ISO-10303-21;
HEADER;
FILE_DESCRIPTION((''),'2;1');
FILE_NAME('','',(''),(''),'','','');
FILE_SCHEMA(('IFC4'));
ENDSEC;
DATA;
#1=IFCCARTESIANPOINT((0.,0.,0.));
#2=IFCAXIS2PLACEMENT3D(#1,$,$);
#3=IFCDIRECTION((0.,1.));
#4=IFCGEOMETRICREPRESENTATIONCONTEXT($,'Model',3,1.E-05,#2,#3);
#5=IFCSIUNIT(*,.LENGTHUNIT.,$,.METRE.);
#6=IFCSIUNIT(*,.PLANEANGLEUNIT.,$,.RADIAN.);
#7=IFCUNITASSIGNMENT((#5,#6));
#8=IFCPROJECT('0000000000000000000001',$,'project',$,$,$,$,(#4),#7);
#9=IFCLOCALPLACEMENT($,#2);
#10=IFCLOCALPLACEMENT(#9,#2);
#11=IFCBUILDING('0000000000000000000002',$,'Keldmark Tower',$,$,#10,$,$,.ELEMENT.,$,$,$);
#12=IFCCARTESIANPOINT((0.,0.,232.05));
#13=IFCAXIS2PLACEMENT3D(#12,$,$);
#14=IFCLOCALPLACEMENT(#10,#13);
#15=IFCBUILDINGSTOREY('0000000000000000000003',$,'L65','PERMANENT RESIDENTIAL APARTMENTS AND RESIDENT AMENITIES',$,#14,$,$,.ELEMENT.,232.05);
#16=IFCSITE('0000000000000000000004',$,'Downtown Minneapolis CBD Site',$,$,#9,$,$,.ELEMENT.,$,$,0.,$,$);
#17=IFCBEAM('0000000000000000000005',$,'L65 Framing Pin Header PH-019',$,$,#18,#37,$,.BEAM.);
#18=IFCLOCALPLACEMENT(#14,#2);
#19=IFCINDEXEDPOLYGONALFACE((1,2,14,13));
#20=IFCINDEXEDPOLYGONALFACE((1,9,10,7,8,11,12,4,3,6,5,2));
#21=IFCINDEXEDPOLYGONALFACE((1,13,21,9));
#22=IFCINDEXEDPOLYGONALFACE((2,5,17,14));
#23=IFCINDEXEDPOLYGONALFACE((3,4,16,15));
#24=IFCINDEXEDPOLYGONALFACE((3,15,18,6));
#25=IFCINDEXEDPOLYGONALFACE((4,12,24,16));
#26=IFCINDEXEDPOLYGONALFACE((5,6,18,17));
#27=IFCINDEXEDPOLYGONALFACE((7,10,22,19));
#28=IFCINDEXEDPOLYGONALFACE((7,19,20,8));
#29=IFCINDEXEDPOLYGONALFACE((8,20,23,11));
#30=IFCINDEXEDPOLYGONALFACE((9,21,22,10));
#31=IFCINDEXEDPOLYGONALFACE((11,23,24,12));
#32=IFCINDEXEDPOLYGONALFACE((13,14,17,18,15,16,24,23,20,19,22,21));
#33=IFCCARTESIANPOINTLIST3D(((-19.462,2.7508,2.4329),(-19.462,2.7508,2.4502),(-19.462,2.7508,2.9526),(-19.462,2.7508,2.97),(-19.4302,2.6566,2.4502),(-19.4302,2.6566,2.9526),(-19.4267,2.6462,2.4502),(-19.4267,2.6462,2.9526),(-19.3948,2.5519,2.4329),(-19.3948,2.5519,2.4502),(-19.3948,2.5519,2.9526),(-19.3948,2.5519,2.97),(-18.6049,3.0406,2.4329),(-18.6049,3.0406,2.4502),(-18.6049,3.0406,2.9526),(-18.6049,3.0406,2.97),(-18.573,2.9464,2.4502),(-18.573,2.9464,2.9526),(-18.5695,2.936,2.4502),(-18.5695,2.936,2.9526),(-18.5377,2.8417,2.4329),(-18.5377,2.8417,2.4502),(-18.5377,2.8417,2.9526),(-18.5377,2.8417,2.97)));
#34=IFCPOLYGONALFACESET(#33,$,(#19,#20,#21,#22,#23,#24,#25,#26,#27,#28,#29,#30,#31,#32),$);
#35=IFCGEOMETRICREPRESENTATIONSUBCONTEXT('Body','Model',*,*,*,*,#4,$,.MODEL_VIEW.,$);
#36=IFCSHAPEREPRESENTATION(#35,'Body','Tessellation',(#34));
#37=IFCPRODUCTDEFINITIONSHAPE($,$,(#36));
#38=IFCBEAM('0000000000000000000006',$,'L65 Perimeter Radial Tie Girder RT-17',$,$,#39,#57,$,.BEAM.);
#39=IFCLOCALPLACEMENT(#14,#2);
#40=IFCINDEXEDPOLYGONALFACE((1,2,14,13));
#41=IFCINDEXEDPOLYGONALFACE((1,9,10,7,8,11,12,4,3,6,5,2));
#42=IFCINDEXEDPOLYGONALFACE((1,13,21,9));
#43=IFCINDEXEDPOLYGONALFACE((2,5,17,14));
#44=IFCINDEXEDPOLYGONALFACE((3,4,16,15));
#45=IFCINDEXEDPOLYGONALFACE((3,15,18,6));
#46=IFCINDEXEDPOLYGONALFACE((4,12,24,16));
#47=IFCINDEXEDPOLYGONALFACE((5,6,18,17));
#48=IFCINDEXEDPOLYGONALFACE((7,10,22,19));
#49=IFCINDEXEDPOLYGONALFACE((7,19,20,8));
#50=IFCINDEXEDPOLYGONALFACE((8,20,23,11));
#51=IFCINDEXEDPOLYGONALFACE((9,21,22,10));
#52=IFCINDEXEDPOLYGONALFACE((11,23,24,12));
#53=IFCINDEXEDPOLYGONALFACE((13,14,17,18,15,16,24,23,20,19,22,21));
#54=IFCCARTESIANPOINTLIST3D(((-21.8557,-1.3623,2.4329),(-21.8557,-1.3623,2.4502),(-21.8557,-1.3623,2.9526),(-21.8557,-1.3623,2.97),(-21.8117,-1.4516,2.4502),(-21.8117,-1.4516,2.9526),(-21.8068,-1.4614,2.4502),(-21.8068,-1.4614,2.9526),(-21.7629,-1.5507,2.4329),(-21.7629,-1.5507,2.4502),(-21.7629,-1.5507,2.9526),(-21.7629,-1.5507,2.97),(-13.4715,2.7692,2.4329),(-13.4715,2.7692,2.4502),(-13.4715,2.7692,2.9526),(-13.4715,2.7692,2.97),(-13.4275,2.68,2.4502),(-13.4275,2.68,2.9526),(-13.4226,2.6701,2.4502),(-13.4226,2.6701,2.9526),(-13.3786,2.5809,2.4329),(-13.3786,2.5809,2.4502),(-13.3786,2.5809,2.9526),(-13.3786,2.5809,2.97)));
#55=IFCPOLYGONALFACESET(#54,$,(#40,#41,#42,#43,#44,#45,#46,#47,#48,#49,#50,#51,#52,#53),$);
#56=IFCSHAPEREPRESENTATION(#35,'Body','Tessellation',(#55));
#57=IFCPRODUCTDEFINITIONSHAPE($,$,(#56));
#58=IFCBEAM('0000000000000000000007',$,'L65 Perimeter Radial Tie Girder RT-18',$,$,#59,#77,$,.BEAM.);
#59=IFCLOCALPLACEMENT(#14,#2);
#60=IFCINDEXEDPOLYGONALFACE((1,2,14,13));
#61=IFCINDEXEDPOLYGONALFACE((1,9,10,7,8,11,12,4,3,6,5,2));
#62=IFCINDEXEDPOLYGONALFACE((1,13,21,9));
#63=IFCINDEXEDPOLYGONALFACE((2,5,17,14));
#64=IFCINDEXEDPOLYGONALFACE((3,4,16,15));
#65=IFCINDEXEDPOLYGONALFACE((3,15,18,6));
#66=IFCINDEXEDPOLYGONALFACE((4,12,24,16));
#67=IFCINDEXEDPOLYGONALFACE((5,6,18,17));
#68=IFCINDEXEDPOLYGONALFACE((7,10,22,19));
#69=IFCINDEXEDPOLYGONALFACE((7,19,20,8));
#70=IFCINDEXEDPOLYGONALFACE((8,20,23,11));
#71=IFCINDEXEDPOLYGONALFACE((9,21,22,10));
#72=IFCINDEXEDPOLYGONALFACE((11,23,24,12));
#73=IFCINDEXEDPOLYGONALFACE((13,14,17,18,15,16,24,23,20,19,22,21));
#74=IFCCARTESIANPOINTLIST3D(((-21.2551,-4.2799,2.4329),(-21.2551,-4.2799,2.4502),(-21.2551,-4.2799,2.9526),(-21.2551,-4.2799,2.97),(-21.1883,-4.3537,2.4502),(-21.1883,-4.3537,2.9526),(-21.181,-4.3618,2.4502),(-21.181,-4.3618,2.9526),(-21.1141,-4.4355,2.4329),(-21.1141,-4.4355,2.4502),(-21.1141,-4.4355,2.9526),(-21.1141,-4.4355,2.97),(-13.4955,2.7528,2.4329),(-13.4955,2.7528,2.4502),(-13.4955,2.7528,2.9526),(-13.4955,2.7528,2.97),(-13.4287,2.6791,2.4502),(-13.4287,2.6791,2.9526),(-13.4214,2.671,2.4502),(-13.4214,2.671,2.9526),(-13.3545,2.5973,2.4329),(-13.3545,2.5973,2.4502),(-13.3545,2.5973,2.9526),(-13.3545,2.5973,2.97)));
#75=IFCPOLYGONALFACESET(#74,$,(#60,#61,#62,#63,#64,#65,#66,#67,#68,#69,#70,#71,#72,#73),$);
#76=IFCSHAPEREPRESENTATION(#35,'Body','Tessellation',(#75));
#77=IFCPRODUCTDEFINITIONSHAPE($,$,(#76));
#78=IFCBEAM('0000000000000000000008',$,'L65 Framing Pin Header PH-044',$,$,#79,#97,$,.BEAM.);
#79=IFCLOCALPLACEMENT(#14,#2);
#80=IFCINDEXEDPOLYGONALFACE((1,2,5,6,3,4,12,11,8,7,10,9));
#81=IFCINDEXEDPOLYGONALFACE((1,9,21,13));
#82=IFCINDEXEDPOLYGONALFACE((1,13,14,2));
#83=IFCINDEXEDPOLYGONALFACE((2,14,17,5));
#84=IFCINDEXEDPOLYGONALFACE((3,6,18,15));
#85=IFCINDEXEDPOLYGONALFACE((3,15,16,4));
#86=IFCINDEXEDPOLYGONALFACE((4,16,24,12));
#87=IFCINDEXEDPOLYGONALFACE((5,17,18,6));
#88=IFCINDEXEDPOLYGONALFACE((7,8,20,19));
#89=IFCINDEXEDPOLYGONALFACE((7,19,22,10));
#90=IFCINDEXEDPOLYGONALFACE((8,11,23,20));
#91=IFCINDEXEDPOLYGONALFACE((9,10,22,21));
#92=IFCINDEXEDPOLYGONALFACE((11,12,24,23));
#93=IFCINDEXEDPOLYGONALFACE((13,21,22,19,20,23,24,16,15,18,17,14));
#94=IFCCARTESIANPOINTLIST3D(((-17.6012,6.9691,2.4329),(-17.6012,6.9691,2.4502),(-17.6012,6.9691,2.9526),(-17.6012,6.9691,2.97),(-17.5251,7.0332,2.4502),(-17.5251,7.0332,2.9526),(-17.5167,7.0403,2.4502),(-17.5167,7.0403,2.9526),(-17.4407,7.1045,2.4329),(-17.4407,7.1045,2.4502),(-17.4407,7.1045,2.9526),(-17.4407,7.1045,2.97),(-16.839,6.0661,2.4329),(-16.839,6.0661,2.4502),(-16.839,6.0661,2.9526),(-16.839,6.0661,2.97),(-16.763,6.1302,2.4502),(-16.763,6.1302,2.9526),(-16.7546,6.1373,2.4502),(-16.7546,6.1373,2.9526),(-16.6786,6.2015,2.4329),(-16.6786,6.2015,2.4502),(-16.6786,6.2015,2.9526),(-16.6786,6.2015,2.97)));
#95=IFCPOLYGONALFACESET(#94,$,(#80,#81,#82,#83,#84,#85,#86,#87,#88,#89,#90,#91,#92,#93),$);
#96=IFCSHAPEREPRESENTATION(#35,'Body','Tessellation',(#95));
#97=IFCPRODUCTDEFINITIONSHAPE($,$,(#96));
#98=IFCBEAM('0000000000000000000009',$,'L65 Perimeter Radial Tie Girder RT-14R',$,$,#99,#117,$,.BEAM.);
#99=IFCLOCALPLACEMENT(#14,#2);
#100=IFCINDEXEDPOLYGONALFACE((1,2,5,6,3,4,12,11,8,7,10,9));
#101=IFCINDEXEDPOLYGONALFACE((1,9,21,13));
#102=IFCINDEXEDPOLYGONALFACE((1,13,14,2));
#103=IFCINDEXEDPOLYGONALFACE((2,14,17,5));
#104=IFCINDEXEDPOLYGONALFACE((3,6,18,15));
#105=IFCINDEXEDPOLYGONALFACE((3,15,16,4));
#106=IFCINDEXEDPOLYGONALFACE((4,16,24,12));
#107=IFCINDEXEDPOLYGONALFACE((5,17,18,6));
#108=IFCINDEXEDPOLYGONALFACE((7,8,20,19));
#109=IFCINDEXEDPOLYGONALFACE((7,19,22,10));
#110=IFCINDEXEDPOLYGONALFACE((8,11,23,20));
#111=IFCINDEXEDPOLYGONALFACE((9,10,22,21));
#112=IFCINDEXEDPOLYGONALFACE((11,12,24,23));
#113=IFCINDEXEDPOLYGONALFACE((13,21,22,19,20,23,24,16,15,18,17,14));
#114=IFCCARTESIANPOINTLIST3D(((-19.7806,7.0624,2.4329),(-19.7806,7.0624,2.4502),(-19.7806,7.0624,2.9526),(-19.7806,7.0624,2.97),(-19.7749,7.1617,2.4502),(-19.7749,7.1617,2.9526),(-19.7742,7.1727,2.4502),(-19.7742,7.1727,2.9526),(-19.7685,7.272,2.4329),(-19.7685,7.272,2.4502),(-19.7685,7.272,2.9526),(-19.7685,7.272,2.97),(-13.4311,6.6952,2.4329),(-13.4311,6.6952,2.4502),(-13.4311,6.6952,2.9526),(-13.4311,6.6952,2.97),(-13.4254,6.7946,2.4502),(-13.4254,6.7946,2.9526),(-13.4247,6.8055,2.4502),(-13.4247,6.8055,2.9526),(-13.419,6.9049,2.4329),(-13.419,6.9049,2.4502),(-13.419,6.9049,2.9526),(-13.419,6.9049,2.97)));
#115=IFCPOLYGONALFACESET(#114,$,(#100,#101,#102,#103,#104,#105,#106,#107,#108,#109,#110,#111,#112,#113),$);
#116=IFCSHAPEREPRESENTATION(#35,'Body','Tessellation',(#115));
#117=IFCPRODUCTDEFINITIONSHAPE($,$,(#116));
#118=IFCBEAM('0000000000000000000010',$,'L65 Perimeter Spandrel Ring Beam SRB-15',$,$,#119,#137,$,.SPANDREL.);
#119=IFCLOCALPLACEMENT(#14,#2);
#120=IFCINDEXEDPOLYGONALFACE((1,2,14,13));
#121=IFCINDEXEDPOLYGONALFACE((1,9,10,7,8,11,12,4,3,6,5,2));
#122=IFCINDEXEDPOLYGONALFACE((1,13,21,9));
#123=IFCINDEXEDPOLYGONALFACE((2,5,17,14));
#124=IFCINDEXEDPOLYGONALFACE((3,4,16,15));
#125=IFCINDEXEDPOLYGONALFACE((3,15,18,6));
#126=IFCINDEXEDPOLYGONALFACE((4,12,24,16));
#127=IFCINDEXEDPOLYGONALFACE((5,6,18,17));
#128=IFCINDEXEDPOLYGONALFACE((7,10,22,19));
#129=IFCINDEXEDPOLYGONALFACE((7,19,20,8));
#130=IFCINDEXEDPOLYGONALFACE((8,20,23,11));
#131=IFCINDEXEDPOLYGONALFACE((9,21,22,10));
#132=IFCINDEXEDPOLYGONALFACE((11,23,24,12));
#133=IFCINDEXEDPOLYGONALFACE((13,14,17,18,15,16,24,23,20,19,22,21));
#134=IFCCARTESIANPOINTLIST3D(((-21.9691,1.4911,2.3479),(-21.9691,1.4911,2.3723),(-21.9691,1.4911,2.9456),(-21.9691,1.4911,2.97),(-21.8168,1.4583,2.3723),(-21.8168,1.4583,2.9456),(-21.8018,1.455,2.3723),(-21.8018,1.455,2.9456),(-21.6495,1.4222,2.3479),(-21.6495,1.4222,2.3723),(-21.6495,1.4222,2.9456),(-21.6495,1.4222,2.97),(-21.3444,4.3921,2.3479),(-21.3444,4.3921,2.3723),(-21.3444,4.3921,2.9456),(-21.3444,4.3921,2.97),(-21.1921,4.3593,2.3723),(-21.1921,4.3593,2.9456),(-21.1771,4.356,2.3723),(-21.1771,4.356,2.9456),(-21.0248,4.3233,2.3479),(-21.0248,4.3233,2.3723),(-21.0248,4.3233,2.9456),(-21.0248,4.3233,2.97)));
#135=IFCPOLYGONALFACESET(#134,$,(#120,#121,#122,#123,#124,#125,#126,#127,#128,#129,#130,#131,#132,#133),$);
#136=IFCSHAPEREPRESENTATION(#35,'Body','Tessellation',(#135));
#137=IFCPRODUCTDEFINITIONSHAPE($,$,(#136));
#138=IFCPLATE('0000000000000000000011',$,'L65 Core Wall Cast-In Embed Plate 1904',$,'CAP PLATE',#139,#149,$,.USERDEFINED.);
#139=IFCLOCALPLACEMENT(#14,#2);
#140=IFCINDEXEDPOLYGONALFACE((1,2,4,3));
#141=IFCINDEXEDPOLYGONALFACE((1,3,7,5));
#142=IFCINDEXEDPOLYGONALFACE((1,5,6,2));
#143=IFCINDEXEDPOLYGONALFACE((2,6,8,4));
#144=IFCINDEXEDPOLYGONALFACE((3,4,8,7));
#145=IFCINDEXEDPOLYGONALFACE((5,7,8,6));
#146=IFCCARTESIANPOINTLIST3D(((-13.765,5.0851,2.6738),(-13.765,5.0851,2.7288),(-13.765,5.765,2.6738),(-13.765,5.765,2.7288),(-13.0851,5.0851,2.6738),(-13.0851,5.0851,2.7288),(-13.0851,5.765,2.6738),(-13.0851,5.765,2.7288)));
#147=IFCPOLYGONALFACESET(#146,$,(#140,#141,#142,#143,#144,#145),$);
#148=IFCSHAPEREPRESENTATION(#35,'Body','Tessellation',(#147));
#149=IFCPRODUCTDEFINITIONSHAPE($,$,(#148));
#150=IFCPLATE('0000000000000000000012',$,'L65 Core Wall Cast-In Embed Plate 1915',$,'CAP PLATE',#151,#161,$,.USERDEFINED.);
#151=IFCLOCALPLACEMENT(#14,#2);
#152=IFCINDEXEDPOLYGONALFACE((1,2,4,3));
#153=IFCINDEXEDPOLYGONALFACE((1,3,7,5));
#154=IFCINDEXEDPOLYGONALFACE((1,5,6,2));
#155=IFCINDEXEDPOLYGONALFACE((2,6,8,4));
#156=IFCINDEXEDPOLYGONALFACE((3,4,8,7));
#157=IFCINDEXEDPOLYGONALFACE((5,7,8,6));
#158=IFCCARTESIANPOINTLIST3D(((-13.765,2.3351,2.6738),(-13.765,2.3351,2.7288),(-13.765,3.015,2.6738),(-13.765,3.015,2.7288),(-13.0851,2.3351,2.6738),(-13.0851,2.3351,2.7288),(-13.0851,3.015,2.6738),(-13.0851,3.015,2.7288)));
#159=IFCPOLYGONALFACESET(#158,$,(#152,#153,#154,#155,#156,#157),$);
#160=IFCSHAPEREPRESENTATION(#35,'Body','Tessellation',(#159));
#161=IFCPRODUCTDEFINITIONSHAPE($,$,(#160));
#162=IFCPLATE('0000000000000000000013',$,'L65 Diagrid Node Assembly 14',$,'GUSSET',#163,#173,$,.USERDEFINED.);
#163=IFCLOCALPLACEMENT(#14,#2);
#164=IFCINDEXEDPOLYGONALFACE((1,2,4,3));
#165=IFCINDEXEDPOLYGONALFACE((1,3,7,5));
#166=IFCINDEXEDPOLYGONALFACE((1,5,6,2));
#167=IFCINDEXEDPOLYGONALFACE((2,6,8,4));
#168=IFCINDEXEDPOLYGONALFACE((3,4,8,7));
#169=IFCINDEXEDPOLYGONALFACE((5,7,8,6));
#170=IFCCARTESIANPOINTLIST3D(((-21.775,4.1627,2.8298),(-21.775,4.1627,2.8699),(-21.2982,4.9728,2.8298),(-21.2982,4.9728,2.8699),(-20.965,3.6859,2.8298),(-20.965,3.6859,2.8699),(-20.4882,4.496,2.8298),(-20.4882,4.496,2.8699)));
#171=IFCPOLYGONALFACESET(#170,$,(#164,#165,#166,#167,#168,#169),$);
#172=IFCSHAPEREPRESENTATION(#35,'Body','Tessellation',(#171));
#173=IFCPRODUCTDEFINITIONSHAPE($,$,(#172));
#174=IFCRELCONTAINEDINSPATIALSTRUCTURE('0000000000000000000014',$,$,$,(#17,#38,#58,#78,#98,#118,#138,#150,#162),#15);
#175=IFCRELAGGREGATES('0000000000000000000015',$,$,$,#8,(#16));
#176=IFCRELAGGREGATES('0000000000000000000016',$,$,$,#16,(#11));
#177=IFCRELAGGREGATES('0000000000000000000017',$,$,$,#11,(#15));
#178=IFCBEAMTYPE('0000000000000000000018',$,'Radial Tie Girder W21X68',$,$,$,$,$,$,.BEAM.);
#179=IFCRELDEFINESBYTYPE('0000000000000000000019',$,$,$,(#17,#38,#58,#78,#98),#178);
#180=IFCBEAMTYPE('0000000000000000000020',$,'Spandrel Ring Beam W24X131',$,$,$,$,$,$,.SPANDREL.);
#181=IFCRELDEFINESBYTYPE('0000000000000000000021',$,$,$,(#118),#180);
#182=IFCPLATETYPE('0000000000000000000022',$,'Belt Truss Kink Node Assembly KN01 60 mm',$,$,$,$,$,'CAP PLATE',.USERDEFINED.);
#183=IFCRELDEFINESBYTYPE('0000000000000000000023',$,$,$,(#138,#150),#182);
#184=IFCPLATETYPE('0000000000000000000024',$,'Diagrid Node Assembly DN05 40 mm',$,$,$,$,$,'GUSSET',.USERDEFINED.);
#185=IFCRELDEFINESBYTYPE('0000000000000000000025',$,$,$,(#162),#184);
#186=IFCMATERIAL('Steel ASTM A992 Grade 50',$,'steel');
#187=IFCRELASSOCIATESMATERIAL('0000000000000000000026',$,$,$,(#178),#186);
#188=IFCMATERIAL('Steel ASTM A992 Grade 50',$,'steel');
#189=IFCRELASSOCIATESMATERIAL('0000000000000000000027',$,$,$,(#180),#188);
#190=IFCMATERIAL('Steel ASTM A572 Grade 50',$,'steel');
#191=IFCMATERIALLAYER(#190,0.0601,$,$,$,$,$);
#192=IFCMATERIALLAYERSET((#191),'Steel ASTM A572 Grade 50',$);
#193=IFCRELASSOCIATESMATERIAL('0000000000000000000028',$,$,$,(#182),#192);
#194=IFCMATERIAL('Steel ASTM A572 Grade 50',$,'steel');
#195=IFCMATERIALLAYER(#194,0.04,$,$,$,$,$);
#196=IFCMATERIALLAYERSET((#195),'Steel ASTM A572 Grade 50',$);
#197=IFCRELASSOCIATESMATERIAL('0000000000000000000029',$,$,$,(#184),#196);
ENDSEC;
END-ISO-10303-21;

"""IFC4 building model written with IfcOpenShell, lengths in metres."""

from ifc_helpers import new_model, si_unit, direction, frame, origin, origin_2d, place, context, subcontext, project, spatial, rectangle, i_section, extrude, material, layer, layer_set, material_profile, profile_set, type_object, element, save


model = new_model("IFC4")

# Units and contexts
model_context = context("Model", 3, precision=1e-05, world=origin(), true_north=direction((0.0, 1.0)))
body_context = subcontext(model_context, "Body", "Model", "MODEL_VIEW")
ifc_project = project(units=[si_unit("LENGTHUNIT", "METRE"), si_unit("PLANEANGLEUNIT", "RADIAN")], contexts=[model_context])

# Site, building, storey
site_placement = place(None, origin())
site = spatial("IfcSite", under=ifc_project, at=site_placement, Name="Downtown Minneapolis CBD Site", CompositionType="ELEMENT", RefElevation=0.0)
building_placement = place(site_placement, origin())
building = spatial("IfcBuilding", under=site, at=building_placement, Name="Keldmark Tower", CompositionType="ELEMENT")
storey_placement = place(building_placement, frame((0.0, 0.0, 232.05)))
storey = spatial("IfcBuildingStorey", under=building, at=storey_placement, Name="L65", Description="PERMANENT RESIDENTIAL APARTMENTS AND RESIDENT AMENITIES", CompositionType="ELEMENT", Elevation=232.05)

# Beams
ifc_material_1 = material(Name="Steel ASTM A992 Grade 50", Category="steel")
ifc_material_profile_1 = material_profile(ifc_material_1, i_section(OverallWidth=0.21, OverallDepth=0.5371, WebThickness=0.011, FlangeThickness=0.0173, at=origin_2d()), Name="W21X68")
ifc_profile_set_1 = profile_set([ifc_material_profile_1], Name="Steel ASTM A992 Grade 50")
beam_type_1 = type_object("IfcBeamType", Name="Radial Tie Girder W21X68", PredefinedType="BEAM", material=ifc_profile_set_1)
beam_1_placement = place(storey_placement, frame((-18.5713, 2.9412, 2.7014), z_axis=(-0.947326, -0.320272, 0.0), x_axis=(0.320272, -0.947326, 0.0)))
element("IfcBeam", 1, at=beam_1_placement, inside=storey, type_object=beam_type_1, Name="L65 Framing Pin Header PH-019", PredefinedType="BEAM", context=body_context, shape_type="SweptSolid", body=[
    extrude(i_section(OverallWidth=0.21, OverallDepth=0.5371, WebThickness=0.011, FlangeThickness=0.0173, at=origin_2d()), origin(), (0.0, 0.0, 1.0), 0.9048),
])
beam_2_placement = place(storey_placement, frame((-13.425, 2.675, 2.7014), z_axis=(-0.897003, -0.442024, 0.0), x_axis=(0.442024, -0.897003, 0.0)))
element("IfcBeam", 2, at=beam_2_placement, inside=storey, type_object=beam_type_1, Name="L65 Perimeter Radial Tie Girder RT-17", PredefinedType="BEAM", context=body_context, shape_type="SweptSolid", body=[
    extrude(i_section(OverallWidth=0.21, OverallDepth=0.5371, WebThickness=0.011, FlangeThickness=0.0173, at=origin_2d()), origin(), (0.0, 0.0, 1.0), 9.3469),
])
beam_3_placement = place(storey_placement, frame((-13.425, 2.675, 2.7014), z_axis=(-0.740956, -0.671553, 0.0), x_axis=(0.671553, -0.740956, 0.0)))
element("IfcBeam", 3, at=beam_3_placement, inside=storey, type_object=beam_type_1, Name="L65 Perimeter Radial Tie Girder RT-18", PredefinedType="BEAM", context=body_context, shape_type="SweptSolid", body=[
    extrude(i_section(OverallWidth=0.21, OverallDepth=0.5371, WebThickness=0.011, FlangeThickness=0.0173, at=origin_2d()), origin(), (0.0, 0.0, 1.0), 10.4724),
])
beam_4_placement = place(storey_placement, frame((-16.7588, 6.1338, 2.7014), z_axis=(-0.644988, 0.764193, 0.0), x_axis=(-0.764193, -0.644988, 0.0)))
element("IfcBeam", 4, at=beam_4_placement, inside=storey, type_object=beam_type_1, Name="L65 Framing Pin Header PH-044", PredefinedType="BEAM", context=body_context, shape_type="SweptSolid", body=[
    extrude(i_section(OverallWidth=0.21, OverallDepth=0.5371, WebThickness=0.011, FlangeThickness=0.0173, at=origin_2d()), origin(), (0.0, 0.0, 1.0), 1.1816),
])
beam_5_placement = place(storey_placement, frame((-13.425, 6.8, 2.7014), z_axis=(-0.998332, 0.057732, 0.0), x_axis=(-0.057732, -0.998332, 0.0)))
element("IfcBeam", 5, at=beam_5_placement, inside=storey, type_object=beam_type_1, Name="L65 Perimeter Radial Tie Girder RT-14R", PredefinedType="BEAM", context=body_context, shape_type="SweptSolid", body=[
    extrude(i_section(OverallWidth=0.21, OverallDepth=0.5371, WebThickness=0.011, FlangeThickness=0.0173, at=origin_2d()), origin(), (0.0, 0.0, 1.0), 6.3601),
])
ifc_material_2 = material(Name="Steel ASTM A992 Grade 50", Category="steel")
ifc_material_profile_2 = material_profile(ifc_material_2, i_section(OverallWidth=0.3269, OverallDepth=0.6221, WebThickness=0.0154, FlangeThickness=0.0244, at=origin_2d()), Name="W24X131")
ifc_profile_set_2 = profile_set([ifc_material_profile_2], Name="Steel ASTM A992 Grade 50")
beam_type_2 = type_object("IfcBeamType", Name="Spandrel Ring Beam W24X131", PredefinedType="SPANDREL", material=ifc_profile_set_2)
beam_6_placement = place(storey_placement, frame((-21.1846, 4.3577, 2.6589), z_axis=(-0.210523, -0.977589, 0.0), x_axis=(0.977589, -0.210523, 0.0)))
element("IfcBeam", 6, at=beam_6_placement, inside=storey, type_object=beam_type_2, Name="L65 Perimeter Spandrel Ring Beam SRB-15", PredefinedType="SPANDREL", context=body_context, shape_type="SweptSolid", body=[
    extrude(i_section(OverallWidth=0.3269, OverallDepth=0.6221, WebThickness=0.0154, FlangeThickness=0.0244, at=origin_2d()), origin(), (0.0, 0.0, 1.0), 2.9675),
])

# Plates
ifc_material_3 = material(Name="Steel ASTM A572 Grade 50", Category="steel")
ifc_layer_1 = layer(ifc_material_3, 0.0601)
ifc_layer_set_1 = layer_set([ifc_layer_1], Name="Steel ASTM A572 Grade 50")
plate_type_1 = type_object("IfcPlateType", Name="Belt Truss Kink Node Assembly KN01 60 mm", ElementType="CAP PLATE", PredefinedType="USERDEFINED", material=ifc_layer_set_1)
for number, where, z_axis, x_axis, name in (
    (7, (-13.425, 5.425, 2.6738), (0.0, 0.0, 1.0), (1.0, 0.0, 0.0), "L65 Core Wall Cast-In Embed Plate 1904"),
    (8, (-13.425, 2.675, 2.6738), (0.0, 0.0, 1.0), (1.0, 0.0, 0.0), "L65 Core Wall Cast-In Embed Plate 1915"),
):
    element("IfcPlate", number, at=place(storey_placement, frame(where, z_axis=z_axis, x_axis=x_axis)), inside=storey, type_object=plate_type_1, Name=name, ObjectType="CAP PLATE", PredefinedType="USERDEFINED", context=body_context, shape_type="SweptSolid", body=[
        extrude(rectangle(XDim=0.6799, YDim=0.6799, at=origin_2d()), origin(), (0.0, 0.0, 1.0), 0.0549),
    ])
ifc_material_4 = material(Name="Steel ASTM A572 Grade 50", Category="steel")
ifc_layer_2 = layer(ifc_material_4, 0.04)
ifc_layer_set_2 = layer_set([ifc_layer_2], Name="Steel ASTM A572 Grade 50")
plate_type_2 = type_object("IfcPlateType", Name="Diagrid Node Assembly DN05 40 mm", ElementType="GUSSET", PredefinedType="USERDEFINED", material=ifc_layer_set_2)
plate_placement = place(storey_placement, frame((-21.1316, 4.3293, 2.8298), z_axis=(0.0, 0.0, 1.0), x_axis=(-0.507238, -0.861806, 0.0)))
element("IfcPlate", 9, at=plate_placement, inside=storey, type_object=plate_type_2, Name="L65 Diagrid Node Assembly 14", ObjectType="GUSSET", PredefinedType="USERDEFINED", context=body_context, shape_type="SweptSolid", body=[
    extrude(rectangle(XDim=0.9399, YDim=0.9399, at=origin_2d()), origin(), (0.0, 0.0, 1.0), 0.04),
])

save(model, "model.ifc")
